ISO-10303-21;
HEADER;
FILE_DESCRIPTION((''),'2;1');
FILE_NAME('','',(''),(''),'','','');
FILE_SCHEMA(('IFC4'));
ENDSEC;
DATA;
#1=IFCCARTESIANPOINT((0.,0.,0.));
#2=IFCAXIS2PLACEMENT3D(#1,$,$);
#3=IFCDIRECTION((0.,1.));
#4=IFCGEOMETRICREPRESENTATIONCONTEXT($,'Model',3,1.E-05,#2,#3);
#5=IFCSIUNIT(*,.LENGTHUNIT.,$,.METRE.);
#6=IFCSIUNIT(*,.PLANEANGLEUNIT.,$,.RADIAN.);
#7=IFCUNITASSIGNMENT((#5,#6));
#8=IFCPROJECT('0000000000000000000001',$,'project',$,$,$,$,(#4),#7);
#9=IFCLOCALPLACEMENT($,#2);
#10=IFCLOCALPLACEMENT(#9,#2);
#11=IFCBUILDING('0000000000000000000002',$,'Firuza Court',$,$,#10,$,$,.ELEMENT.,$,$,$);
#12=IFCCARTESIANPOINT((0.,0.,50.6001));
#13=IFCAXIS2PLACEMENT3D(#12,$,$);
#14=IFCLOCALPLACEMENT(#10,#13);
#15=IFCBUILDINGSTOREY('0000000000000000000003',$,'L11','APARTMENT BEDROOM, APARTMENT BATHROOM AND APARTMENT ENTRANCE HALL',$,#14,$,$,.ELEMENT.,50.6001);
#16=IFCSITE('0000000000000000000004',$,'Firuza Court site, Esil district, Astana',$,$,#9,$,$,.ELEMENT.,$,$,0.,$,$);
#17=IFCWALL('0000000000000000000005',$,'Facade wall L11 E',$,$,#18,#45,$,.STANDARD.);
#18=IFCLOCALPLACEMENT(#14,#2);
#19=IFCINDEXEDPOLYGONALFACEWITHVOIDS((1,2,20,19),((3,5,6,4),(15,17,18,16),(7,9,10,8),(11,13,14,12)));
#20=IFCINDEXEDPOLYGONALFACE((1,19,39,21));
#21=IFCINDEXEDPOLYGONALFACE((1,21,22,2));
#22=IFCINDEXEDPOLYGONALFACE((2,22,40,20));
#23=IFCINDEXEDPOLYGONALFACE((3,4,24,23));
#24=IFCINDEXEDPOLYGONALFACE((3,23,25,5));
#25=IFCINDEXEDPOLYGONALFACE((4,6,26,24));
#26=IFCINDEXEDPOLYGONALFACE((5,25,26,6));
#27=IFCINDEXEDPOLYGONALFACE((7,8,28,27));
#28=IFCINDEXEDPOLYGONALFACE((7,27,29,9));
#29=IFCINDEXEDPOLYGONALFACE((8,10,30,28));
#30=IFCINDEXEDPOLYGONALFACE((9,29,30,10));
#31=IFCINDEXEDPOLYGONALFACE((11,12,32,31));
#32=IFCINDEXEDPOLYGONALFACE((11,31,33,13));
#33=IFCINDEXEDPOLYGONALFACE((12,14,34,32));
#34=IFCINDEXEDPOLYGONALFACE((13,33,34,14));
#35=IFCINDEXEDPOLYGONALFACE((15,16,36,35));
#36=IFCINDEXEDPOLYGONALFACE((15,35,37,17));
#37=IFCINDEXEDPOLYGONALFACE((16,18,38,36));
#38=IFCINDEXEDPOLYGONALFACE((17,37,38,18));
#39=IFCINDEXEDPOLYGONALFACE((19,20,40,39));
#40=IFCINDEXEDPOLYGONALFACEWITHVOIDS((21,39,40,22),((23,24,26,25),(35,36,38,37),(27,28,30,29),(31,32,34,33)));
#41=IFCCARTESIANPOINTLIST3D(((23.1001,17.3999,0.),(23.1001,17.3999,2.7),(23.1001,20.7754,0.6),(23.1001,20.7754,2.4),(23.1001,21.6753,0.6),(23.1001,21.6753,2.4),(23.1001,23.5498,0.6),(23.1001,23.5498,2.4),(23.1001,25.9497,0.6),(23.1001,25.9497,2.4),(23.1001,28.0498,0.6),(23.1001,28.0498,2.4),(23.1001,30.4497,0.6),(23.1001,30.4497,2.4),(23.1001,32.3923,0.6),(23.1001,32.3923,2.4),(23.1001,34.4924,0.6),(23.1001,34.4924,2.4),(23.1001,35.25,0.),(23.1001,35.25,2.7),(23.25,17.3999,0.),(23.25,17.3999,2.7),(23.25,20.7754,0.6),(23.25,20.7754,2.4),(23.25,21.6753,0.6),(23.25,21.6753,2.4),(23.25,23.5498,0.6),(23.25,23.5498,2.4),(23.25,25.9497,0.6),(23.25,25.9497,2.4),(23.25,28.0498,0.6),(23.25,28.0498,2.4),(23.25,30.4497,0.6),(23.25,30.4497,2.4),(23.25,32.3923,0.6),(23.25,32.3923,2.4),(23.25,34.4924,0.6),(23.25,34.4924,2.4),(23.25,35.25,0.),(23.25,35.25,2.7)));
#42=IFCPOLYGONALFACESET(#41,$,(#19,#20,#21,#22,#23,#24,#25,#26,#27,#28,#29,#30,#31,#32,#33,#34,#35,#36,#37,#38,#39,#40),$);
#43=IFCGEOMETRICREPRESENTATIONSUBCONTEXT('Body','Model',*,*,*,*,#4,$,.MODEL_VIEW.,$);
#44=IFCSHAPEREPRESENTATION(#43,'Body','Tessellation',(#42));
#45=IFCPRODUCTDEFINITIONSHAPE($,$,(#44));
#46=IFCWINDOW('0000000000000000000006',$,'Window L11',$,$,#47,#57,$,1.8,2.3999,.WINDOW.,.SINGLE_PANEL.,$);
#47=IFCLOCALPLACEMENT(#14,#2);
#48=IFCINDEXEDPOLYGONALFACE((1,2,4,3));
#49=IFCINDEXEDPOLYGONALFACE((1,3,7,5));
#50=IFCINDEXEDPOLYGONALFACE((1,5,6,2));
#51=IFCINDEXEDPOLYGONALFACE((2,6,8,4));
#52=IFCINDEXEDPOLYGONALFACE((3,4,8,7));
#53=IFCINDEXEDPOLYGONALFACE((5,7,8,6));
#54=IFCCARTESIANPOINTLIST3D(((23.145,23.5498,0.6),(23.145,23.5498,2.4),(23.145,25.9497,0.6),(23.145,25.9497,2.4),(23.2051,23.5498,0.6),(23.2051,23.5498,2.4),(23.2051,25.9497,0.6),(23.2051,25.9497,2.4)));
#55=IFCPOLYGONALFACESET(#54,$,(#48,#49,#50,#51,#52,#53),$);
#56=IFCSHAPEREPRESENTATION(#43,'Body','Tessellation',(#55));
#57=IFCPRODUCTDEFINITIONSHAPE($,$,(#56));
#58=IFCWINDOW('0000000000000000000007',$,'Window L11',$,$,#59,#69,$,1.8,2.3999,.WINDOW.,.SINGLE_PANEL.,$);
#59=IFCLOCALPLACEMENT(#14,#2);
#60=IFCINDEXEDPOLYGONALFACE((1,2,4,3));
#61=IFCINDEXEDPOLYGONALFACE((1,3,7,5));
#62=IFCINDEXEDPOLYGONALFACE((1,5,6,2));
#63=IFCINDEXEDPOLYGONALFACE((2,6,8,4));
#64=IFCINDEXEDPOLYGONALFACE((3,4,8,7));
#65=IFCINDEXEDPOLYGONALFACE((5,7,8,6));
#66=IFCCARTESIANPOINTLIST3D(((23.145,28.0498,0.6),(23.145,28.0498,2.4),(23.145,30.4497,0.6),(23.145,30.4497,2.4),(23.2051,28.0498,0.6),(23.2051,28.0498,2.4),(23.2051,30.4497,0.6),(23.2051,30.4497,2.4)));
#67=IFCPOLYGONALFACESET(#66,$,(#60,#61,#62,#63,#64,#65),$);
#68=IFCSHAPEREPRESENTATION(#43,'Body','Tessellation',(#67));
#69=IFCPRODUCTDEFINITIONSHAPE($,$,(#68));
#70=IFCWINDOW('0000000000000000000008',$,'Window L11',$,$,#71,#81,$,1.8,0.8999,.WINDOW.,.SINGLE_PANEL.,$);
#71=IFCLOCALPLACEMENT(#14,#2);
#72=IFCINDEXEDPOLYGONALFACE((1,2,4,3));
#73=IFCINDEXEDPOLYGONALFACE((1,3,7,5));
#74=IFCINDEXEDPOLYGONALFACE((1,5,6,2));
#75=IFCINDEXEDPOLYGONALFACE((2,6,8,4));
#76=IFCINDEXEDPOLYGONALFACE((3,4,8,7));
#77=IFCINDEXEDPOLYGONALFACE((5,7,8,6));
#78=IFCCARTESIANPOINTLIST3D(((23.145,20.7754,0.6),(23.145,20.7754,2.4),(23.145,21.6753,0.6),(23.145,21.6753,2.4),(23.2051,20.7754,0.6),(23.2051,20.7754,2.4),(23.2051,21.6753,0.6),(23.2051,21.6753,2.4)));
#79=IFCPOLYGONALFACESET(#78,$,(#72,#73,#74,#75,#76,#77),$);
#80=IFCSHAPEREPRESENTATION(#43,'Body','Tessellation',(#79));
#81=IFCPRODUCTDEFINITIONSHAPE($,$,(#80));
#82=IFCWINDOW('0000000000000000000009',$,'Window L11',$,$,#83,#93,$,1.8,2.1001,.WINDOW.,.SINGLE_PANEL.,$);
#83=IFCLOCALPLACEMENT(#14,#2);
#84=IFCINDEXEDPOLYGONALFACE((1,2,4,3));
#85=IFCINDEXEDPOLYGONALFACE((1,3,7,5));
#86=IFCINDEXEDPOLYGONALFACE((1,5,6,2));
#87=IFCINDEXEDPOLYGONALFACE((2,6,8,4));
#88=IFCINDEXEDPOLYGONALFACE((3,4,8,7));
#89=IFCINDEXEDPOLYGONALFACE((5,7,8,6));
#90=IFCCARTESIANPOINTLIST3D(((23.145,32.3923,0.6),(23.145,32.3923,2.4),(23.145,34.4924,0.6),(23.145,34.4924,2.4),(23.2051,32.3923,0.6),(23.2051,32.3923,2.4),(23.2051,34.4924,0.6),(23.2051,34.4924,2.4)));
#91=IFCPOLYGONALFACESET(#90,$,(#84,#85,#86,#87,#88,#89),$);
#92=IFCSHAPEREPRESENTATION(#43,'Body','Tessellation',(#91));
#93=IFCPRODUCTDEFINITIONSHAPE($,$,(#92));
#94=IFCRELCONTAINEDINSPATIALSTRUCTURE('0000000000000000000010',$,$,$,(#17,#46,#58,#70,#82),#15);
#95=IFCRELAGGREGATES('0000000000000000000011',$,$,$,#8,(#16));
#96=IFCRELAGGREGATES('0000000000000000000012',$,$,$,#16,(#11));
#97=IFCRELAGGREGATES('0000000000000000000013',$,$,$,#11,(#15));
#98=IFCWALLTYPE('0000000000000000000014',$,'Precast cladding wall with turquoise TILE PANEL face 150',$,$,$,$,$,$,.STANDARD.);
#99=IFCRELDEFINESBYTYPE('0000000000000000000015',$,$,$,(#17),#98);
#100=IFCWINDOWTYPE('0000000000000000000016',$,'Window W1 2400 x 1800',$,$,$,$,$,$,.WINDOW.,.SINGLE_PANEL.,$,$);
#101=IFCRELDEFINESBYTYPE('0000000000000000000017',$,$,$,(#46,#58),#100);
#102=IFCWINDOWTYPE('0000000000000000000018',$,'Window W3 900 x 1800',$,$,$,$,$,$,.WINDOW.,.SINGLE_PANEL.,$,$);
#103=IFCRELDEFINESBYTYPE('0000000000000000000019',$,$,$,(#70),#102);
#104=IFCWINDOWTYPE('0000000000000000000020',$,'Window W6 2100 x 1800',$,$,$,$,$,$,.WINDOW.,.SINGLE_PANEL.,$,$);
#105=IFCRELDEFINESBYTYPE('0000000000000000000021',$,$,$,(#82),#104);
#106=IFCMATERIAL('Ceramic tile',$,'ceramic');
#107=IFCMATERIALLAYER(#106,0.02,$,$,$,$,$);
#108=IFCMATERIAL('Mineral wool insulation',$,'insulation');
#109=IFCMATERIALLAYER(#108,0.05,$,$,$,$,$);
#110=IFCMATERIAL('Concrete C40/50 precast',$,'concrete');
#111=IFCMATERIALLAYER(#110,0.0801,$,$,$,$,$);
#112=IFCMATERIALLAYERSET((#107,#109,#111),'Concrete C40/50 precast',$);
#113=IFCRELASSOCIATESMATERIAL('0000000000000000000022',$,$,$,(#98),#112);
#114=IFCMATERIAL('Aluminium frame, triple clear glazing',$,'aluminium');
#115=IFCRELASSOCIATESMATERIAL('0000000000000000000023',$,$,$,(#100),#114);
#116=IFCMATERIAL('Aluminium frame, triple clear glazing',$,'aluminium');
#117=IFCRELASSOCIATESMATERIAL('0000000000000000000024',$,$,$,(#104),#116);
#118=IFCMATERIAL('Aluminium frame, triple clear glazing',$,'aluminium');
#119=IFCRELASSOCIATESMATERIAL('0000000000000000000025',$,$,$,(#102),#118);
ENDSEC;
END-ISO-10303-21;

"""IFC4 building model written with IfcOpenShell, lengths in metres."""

from ifc_helpers import new_model, si_unit, direction, frame, frame_2d, origin, place, context, subcontext, project, spatial, rectangle, extrude, material, layer, layer_set, type_object, element, fill, save


model = new_model("IFC4")

# Units and contexts
model_context = context("Model", 3, precision=1e-05, world=origin(), true_north=direction((0.0, 1.0)))
body_context = subcontext(model_context, "Body", "Model", "MODEL_VIEW")
ifc_project = project(units=[si_unit("LENGTHUNIT", "METRE"), si_unit("PLANEANGLEUNIT", "RADIAN")], contexts=[model_context])

# Site, building, storey
site_placement = place(None, origin())
site = spatial("IfcSite", under=ifc_project, at=site_placement, Name="Firuza Court site, Esil district, Astana", CompositionType="ELEMENT", RefElevation=0.0)
building_placement = place(site_placement, origin())
building = spatial("IfcBuilding", under=site, at=building_placement, Name="Firuza Court", CompositionType="ELEMENT")
storey_placement = place(building_placement, frame((0.0, 0.0, 50.6001)))
storey = spatial("IfcBuildingStorey", under=building, at=storey_placement, Name="L11", Description="APARTMENT BEDROOM, APARTMENT BATHROOM AND APARTMENT ENTRANCE HALL", CompositionType="ELEMENT", Elevation=50.6001)

# Shared definitions
ifc_material_1 = material(Name="Ceramic tile", Category="ceramic")
ifc_layer_1 = layer(ifc_material_1, 0.02)
ifc_material_2 = material(Name="Mineral wool insulation", Category="insulation")
ifc_layer_2 = layer(ifc_material_2, 0.05)
ifc_material_3 = material(Name="Concrete C40/50 precast", Category="concrete")
ifc_layer_3 = layer(ifc_material_3, 0.0801)
ifc_layer_set_1 = layer_set([ifc_layer_1, ifc_layer_2, ifc_layer_3], Name="Concrete C40/50 precast")
wall_type_1 = type_object("IfcWallType", Name="Precast cladding wall with turquoise TILE PANEL face 150", PredefinedType="STANDARD", material=ifc_layer_set_1)
ifc_material_4 = material(Name="Aluminium frame, triple clear glazing", Category="aluminium")
window_type_1 = type_object("IfcWindowType", Name="Window W1 2400 x 1800", PartitioningType="SINGLE_PANEL", PredefinedType="WINDOW", material=ifc_material_4)
ifc_material_5 = material(Name="Aluminium frame, triple clear glazing", Category="aluminium")
window_type_2 = type_object("IfcWindowType", Name="Window W6 2100 x 1800", PartitioningType="SINGLE_PANEL", PredefinedType="WINDOW", material=ifc_material_5)

# Wall, openings, windows
wall_1_placement = place(storey_placement, frame((23.175, 17.3999, 0.0), z_axis=(0.0, 0.0, 1.0), x_axis=(0.0, 1.0, 0.0)))
wall_1 = element("IfcWall", 1, at=wall_1_placement, inside=storey, type_object=wall_type_1, Name="Facade wall L11 E", PredefinedType="STANDARD", context=body_context, shape_type="SweptSolid", body=[
    extrude(rectangle(XDim=17.8501, YDim=0.1499, at=frame_2d((8.925, 0.0))), origin(), (0.0, 0.0, 1.0), 2.7),
])
opening_1_placement = place(wall_1_placement, frame((3.3755, 0.0, 0.6001)))
opening_1 = element("IfcOpeningElement", 2, at=opening_1_placement, cuts=wall_1, PredefinedType="OPENING", context=body_context, shape_type="SweptSolid", body=[
    extrude(rectangle(XDim=0.8999, YDim=1.8, at=frame_2d((0.45, 0.8999))), frame((0.0, 0.0869, 0.0), z_axis=(0.0, -1.0, 0.0), x_axis=(1.0, 0.0, 0.0)), (0.0, 0.0, 1.0), 0.1738),
])
opening_2_placement = place(wall_1_placement, frame((6.1499, 0.0, 0.6001)))
opening_2 = element("IfcOpeningElement", 3, at=opening_2_placement, cuts=wall_1, PredefinedType="OPENING", context=body_context, shape_type="SweptSolid", body=[
    extrude(rectangle(XDim=2.3999, YDim=1.8, at=frame_2d((1.2, 0.8999))), frame((0.0, 0.0869, 0.0), z_axis=(0.0, -1.0, 0.0), x_axis=(1.0, 0.0, 0.0)), (0.0, 0.0, 1.0), 0.1738),
])
opening_3_placement = place(wall_1_placement, frame((10.6499, 0.0, 0.6001)))
opening_3 = element("IfcOpeningElement", 4, at=opening_3_placement, cuts=wall_1, PredefinedType="OPENING", context=body_context, shape_type="SweptSolid", body=[
    extrude(rectangle(XDim=2.3999, YDim=1.8, at=frame_2d((1.2, 0.8999))), frame((0.0, 0.0869, 0.0), z_axis=(0.0, -1.0, 0.0), x_axis=(1.0, 0.0, 0.0)), (0.0, 0.0, 1.0), 0.1738),
])
opening_4_placement = place(wall_1_placement, frame((14.9924, 0.0, 0.6001)))
opening_4 = element("IfcOpeningElement", 5, at=opening_4_placement, cuts=wall_1, PredefinedType="OPENING", context=body_context, shape_type="SweptSolid", body=[
    extrude(rectangle(XDim=2.1001, YDim=1.8, at=frame_2d((1.05, 0.8999))), frame((0.0, 0.0869, 0.0), z_axis=(0.0, -1.0, 0.0), x_axis=(1.0, 0.0, 0.0)), (0.0, 0.0, 1.0), 0.1738),
])
window_1_placement = place(opening_2_placement, origin())
window_1 = element("IfcWindow", 6, at=window_1_placement, inside=storey, type_object=window_type_1, Name="Window L11", OverallHeight=1.8, OverallWidth=2.3999, PartitioningType="SINGLE_PANEL", PredefinedType="WINDOW", context=body_context, shape_type="SweptSolid", body=[
    extrude(rectangle(XDim=2.3999, YDim=1.8, at=frame_2d((1.2, 0.8999))), frame((0.0, 0.03, 0.0), z_axis=(0.0, -1.0, 0.0), x_axis=(1.0, 0.0, 0.0)), (0.0, 0.0, 1.0), 0.0601),
])
fill(opening_2, window_1)
window_2_placement = place(opening_3_placement, origin())
window_2 = element("IfcWindow", 7, at=window_2_placement, inside=storey, type_object=window_type_1, Name="Window L11", OverallHeight=1.8, OverallWidth=2.3999, PartitioningType="SINGLE_PANEL", PredefinedType="WINDOW", context=body_context, shape_type="SweptSolid", body=[
    extrude(rectangle(XDim=2.3999, YDim=1.8, at=frame_2d((1.2, 0.8999))), frame((0.0, 0.03, 0.0), z_axis=(0.0, -1.0, 0.0), x_axis=(1.0, 0.0, 0.0)), (0.0, 0.0, 1.0), 0.0601),
])
fill(opening_3, window_2)
ifc_material_6 = material(Name="Aluminium frame, triple clear glazing", Category="aluminium")
window_type_3 = type_object("IfcWindowType", Name="Window W3 900 x 1800", PartitioningType="SINGLE_PANEL", PredefinedType="WINDOW", material=ifc_material_6)
window_3_placement = place(opening_1_placement, origin())
window_3 = element("IfcWindow", 8, at=window_3_placement, inside=storey, type_object=window_type_3, Name="Window L11", OverallHeight=1.8, OverallWidth=0.8999, PartitioningType="SINGLE_PANEL", PredefinedType="WINDOW", context=body_context, shape_type="SweptSolid", body=[
    extrude(rectangle(XDim=0.8999, YDim=1.8, at=frame_2d((0.45, 0.8999))), frame((0.0, 0.03, 0.0), z_axis=(0.0, -1.0, 0.0), x_axis=(1.0, 0.0, 0.0)), (0.0, 0.0, 1.0), 0.0601),
])
fill(opening_1, window_3)
window_4_placement = place(opening_4_placement, origin())
window_4 = element("IfcWindow", 9, at=window_4_placement, inside=storey, type_object=window_type_2, Name="Window L11", OverallHeight=1.8, OverallWidth=2.1001, PartitioningType="SINGLE_PANEL", PredefinedType="WINDOW", context=body_context, shape_type="SweptSolid", body=[
    extrude(rectangle(XDim=2.1001, YDim=1.8, at=frame_2d((1.05, 0.8999))), frame((0.0, 0.03, 0.0), z_axis=(0.0, -1.0, 0.0), x_axis=(1.0, 0.0, 0.0)), (0.0, 0.0, 1.0), 0.0601),
])
fill(opening_4, window_4)

save(model, "model.ifc")
